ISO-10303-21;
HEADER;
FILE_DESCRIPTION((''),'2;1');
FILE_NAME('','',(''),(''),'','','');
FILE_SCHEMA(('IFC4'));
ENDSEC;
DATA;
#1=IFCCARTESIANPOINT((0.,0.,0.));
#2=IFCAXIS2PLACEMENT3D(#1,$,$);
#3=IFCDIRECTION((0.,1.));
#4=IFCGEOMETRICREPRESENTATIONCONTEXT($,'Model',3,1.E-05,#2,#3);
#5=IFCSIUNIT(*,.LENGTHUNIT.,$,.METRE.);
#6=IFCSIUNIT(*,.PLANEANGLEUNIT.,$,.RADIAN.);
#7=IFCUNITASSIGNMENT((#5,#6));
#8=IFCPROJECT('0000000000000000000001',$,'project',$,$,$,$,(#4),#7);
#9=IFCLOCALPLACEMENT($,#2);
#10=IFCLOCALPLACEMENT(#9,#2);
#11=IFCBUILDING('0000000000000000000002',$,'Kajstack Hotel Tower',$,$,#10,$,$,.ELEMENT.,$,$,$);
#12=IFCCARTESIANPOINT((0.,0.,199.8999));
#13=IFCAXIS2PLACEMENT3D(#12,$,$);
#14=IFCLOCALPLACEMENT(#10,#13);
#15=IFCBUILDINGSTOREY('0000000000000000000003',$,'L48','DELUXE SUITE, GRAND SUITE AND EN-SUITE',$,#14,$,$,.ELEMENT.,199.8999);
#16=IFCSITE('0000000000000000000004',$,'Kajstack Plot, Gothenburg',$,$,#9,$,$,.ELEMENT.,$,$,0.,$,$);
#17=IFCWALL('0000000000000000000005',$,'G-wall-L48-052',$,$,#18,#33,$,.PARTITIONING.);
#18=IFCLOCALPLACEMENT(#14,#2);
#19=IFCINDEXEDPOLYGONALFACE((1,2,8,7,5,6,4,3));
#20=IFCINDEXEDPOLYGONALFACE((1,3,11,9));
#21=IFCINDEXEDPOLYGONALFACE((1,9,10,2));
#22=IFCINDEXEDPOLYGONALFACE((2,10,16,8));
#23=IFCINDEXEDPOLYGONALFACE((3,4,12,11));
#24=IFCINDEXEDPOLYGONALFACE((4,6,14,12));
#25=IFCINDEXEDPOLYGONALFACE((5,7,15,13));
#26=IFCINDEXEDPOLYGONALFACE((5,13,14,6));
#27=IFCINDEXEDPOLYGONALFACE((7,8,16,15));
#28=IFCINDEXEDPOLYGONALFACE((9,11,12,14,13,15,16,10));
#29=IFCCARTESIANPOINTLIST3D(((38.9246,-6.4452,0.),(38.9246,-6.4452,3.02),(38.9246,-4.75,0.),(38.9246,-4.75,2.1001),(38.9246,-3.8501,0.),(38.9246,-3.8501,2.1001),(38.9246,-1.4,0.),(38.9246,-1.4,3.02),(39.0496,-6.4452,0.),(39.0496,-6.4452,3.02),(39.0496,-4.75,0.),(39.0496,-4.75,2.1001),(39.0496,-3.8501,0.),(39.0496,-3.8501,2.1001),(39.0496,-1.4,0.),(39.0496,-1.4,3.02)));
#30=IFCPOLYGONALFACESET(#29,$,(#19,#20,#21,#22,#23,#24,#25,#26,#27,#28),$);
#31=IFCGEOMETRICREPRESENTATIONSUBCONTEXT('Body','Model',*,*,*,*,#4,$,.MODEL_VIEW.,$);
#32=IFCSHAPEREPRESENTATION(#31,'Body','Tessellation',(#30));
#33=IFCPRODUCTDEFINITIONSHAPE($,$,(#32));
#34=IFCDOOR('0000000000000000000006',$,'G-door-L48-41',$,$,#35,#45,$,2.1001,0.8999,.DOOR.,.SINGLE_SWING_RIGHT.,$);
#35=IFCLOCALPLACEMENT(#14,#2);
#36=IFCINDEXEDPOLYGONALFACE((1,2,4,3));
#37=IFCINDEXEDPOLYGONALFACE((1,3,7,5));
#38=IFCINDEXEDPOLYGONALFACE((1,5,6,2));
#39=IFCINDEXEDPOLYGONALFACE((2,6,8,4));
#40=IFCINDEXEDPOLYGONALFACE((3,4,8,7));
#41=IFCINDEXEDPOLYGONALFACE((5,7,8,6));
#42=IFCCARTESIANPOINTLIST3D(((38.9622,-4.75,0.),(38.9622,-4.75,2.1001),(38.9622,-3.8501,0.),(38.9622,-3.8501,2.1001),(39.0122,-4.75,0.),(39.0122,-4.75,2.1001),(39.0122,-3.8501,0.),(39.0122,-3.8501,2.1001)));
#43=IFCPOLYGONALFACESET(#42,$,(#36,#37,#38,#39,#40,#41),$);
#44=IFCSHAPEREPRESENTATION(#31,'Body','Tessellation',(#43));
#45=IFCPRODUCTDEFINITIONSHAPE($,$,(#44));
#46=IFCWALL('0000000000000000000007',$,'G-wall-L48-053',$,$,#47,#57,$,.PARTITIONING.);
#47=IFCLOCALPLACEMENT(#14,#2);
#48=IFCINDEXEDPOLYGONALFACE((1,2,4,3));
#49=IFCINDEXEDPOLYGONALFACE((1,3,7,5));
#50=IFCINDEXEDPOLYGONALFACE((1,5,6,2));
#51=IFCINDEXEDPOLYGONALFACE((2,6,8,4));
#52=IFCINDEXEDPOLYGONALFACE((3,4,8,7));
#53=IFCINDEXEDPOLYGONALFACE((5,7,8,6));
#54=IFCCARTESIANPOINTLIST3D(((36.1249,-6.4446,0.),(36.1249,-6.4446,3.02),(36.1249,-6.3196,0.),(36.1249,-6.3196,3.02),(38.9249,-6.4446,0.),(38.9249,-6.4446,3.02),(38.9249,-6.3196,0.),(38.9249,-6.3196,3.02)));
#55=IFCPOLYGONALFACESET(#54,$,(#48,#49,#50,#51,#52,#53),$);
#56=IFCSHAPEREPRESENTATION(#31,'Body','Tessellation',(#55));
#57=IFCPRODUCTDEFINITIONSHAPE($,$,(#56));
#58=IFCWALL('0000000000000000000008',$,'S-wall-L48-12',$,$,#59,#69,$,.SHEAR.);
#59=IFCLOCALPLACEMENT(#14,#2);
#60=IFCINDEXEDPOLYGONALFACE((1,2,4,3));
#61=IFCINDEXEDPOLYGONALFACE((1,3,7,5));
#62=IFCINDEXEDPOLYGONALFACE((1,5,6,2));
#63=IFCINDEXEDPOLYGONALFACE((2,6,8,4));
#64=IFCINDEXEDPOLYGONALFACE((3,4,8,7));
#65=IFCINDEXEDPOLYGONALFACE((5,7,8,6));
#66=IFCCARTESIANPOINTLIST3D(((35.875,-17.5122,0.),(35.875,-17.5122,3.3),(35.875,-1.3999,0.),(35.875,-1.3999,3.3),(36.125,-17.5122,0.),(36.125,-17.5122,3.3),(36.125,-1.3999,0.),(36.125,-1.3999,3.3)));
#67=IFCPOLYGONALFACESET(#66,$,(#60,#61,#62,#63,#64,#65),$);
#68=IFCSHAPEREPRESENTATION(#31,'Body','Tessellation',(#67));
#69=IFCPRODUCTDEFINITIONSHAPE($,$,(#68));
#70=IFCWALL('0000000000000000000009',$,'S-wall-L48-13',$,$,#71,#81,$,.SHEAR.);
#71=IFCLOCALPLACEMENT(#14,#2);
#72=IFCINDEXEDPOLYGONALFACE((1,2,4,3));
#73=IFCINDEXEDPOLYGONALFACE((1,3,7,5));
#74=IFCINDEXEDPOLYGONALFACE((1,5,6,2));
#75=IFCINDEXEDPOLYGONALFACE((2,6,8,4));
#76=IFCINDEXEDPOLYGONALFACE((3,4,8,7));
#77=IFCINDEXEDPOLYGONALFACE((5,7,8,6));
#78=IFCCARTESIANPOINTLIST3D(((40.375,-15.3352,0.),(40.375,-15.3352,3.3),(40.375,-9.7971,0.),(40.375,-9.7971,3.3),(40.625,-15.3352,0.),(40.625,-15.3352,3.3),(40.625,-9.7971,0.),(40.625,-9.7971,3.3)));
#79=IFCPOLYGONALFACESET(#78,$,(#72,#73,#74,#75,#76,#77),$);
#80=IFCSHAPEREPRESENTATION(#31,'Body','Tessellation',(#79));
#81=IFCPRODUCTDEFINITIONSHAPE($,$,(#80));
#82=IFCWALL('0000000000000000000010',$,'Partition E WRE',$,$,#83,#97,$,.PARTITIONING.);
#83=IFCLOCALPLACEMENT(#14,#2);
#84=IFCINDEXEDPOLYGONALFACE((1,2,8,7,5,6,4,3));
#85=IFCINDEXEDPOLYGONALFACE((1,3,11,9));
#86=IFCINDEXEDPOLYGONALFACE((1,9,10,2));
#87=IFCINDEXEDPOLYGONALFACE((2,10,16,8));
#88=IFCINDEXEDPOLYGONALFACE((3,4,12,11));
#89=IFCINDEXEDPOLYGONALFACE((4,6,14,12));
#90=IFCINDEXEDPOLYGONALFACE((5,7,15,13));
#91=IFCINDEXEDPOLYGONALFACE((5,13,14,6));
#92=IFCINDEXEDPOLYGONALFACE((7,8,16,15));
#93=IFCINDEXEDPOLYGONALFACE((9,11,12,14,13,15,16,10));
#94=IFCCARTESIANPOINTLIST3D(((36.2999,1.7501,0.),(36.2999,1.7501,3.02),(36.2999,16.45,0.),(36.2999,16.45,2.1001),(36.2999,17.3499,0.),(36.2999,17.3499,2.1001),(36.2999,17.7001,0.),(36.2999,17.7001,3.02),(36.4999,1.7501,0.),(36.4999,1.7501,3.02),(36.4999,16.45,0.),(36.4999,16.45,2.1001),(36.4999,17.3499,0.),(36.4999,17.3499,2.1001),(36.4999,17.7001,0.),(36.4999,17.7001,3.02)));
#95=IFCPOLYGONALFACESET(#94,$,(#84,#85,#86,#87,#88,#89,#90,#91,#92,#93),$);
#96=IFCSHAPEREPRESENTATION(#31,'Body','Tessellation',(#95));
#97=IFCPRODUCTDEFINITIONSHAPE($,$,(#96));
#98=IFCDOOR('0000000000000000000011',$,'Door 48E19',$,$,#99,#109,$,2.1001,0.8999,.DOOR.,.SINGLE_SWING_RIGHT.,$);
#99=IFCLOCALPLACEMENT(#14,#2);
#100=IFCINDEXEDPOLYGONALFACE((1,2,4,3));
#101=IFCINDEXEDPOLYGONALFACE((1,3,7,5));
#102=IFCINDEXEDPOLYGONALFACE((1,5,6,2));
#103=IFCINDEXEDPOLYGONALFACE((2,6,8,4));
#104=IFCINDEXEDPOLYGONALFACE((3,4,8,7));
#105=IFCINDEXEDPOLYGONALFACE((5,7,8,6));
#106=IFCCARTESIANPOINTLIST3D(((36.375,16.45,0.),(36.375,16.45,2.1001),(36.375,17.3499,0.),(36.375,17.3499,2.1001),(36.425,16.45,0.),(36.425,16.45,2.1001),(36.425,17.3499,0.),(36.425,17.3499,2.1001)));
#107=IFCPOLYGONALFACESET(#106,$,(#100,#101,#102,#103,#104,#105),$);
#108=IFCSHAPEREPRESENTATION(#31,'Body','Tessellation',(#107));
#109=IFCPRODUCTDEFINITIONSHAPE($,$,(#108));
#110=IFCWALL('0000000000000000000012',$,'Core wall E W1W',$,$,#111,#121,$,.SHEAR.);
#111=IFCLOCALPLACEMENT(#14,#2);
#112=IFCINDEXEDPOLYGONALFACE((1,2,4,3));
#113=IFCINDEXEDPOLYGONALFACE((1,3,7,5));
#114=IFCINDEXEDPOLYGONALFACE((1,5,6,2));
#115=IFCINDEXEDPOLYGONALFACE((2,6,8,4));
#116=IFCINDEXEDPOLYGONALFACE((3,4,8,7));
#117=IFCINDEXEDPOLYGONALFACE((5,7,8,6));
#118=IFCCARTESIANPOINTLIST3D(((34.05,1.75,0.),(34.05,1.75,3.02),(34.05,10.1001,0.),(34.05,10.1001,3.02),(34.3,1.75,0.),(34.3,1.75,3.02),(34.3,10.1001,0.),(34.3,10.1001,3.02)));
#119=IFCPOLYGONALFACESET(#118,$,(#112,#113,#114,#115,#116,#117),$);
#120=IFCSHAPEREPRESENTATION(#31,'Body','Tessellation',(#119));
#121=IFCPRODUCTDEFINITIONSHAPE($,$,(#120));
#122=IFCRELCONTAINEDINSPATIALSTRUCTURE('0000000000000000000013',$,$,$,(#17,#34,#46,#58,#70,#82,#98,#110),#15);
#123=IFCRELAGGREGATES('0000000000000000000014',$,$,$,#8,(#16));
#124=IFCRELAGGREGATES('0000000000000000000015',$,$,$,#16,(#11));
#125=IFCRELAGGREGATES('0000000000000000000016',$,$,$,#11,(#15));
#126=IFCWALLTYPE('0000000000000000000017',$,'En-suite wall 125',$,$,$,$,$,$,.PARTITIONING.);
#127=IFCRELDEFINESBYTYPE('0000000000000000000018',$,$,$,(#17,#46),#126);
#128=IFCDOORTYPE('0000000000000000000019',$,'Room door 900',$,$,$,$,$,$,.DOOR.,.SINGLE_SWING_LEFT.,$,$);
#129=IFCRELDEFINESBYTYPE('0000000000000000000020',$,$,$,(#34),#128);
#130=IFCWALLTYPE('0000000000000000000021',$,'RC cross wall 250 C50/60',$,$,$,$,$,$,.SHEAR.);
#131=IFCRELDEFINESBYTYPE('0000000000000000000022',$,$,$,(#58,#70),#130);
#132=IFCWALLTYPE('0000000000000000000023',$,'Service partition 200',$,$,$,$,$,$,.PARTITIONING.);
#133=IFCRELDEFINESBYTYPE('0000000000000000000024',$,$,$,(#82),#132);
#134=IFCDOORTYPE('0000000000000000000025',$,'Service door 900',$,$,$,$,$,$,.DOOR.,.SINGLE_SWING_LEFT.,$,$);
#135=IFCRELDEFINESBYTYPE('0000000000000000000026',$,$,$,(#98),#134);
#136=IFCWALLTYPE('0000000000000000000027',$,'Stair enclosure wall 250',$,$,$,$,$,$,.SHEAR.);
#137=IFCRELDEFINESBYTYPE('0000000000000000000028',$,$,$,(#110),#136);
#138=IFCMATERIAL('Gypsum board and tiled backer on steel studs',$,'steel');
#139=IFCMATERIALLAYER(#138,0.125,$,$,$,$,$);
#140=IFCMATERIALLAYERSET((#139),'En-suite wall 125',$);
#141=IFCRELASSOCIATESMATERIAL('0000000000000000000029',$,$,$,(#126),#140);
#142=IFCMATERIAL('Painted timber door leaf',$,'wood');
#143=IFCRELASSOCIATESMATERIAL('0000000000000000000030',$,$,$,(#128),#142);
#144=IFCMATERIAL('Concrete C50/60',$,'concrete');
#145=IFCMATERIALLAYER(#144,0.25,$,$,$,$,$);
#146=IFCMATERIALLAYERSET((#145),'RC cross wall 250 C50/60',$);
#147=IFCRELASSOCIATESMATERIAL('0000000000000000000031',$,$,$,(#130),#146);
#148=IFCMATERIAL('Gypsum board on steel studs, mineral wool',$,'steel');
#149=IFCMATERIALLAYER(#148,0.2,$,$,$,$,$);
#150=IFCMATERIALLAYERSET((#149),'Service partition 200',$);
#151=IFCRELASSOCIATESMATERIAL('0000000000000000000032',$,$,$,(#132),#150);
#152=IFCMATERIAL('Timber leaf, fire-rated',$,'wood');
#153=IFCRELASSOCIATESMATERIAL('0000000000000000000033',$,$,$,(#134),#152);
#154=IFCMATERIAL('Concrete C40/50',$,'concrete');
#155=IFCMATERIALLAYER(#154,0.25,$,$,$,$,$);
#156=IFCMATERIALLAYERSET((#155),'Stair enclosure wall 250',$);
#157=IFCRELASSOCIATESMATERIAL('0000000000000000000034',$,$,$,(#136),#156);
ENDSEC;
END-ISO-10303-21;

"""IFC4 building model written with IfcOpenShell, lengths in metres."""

from ifc_helpers import new_model, si_unit, direction, frame, frame_2d, origin, place, context, subcontext, project, spatial, rectangle, extrude, material, layer, layer_set, type_object, element, fill, save


model = new_model("IFC4")

# Units and contexts
model_context = context("Model", 3, precision=1e-05, world=origin(), true_north=direction((0.0, 1.0)))
body_context = subcontext(model_context, "Body", "Model", "MODEL_VIEW")
ifc_project = project(units=[si_unit("LENGTHUNIT", "METRE"), si_unit("PLANEANGLEUNIT", "RADIAN")], contexts=[model_context])

# Site, building, storey
site_placement = place(None, origin())
site = spatial("IfcSite", under=ifc_project, at=site_placement, Name="Kajstack Plot, Gothenburg", CompositionType="ELEMENT", RefElevation=0.0)
building_placement = place(site_placement, origin())
building = spatial("IfcBuilding", under=site, at=building_placement, Name="Kajstack Hotel Tower", CompositionType="ELEMENT")
storey_placement = place(building_placement, frame((0.0, 0.0, 199.8999)))
storey = spatial("IfcBuildingStorey", under=building, at=storey_placement, Name="L48", Description="DELUXE SUITE, GRAND SUITE AND EN-SUITE", CompositionType="ELEMENT", Elevation=199.8999)

# Shared definitions
ifc_material_1 = material(Name="Gypsum board and tiled backer on steel studs", Category="steel")
ifc_layer_1 = layer(ifc_material_1, 0.125)
ifc_layer_set_1 = layer_set([ifc_layer_1], Name="En-suite wall 125")
wall_type_1 = type_object("IfcWallType", Name="En-suite wall 125", PredefinedType="PARTITIONING", material=ifc_layer_set_1)

# Wall, opening, door
wall_1_placement = place(storey_placement, frame((38.9871, -6.4451, 0.0), z_axis=(0.0, 0.0, 1.0), x_axis=(0.0, 1.0, 0.0)))
wall_1 = element("IfcWall", 1, at=wall_1_placement, inside=storey, type_object=wall_type_1, Name="G-wall-L48-052", PredefinedType="PARTITIONING", context=body_context, shape_type="SweptSolid", body=[
    extrude(rectangle(XDim=5.0452, YDim=0.125, at=frame_2d((2.5225, 0.0))), origin(), (0.0, 0.0, 1.0), 3.02),
])
opening_1_placement = place(wall_1_placement, frame((1.6951, 0.0, 0.0)))
opening_1 = element("IfcOpeningElement", 2, at=opening_1_placement, cuts=wall_1, PredefinedType="OPENING", context=body_context, shape_type="SweptSolid", body=[
    extrude(rectangle(XDim=0.8999, YDim=2.1001, at=frame_2d((0.45, 1.05))), frame((0.0, 0.0725, 0.0), z_axis=(0.0, -1.0, 0.0), x_axis=(1.0, 0.0, 0.0)), (0.0, 0.0, 1.0), 0.145),
])
ifc_material_2 = material(Name="Painted timber door leaf", Category="wood")
door_type_1 = type_object("IfcDoorType", Name="Room door 900", OperationType="SINGLE_SWING_LEFT", PredefinedType="DOOR", material=ifc_material_2)
door_1_placement = place(opening_1_placement, origin())
door_1 = element("IfcDoor", 3, at=door_1_placement, inside=storey, type_object=door_type_1, Name="G-door-L48-41", OperationType="SINGLE_SWING_RIGHT", OverallHeight=2.1001, OverallWidth=0.8999, PredefinedType="DOOR", context=body_context, shape_type="SweptSolid", body=[
    extrude(rectangle(XDim=0.8999, YDim=2.1001, at=frame_2d((0.45, 1.05))), frame((0.0, 0.0249, 0.0), z_axis=(0.0, -1.0, 0.0), x_axis=(1.0, 0.0, 0.0)), (0.0, 0.0, 1.0), 0.05),
])
fill(opening_1, door_1)

# Walls
wall_2_placement = place(storey_placement, frame((36.125, -6.3821, 0.0), z_axis=(0.0, 0.0, 1.0), x_axis=(1.0, 0.0, 0.0)))
element("IfcWall", 4, at=wall_2_placement, inside=storey, type_object=wall_type_1, Name="G-wall-L48-053", PredefinedType="PARTITIONING", context=body_context, shape_type="SweptSolid", body=[
    extrude(rectangle(XDim=2.8, YDim=0.125, at=frame_2d((1.3999, 0.0))), origin(), (0.0, 0.0, 1.0), 3.02),
])
ifc_material_3 = material(Name="Concrete C50/60", Category="concrete")
ifc_layer_2 = layer(ifc_material_3, 0.25)
ifc_layer_set_2 = layer_set([ifc_layer_2], Name="RC cross wall 250 C50/60")
wall_type_2 = type_object("IfcWallType", Name="RC cross wall 250 C50/60", PredefinedType="SHEAR", material=ifc_layer_set_2)
wall_3_placement = place(storey_placement, frame((36.0, -17.5122, 0.0), z_axis=(0.0, 0.0, 1.0), x_axis=(0.0, 1.0, 0.0)))
element("IfcWall", 5, at=wall_3_placement, inside=storey, type_object=wall_type_2, Name="S-wall-L48-12", PredefinedType="SHEAR", context=body_context, shape_type="SweptSolid", body=[
    extrude(rectangle(XDim=16.1123, YDim=0.25, at=frame_2d((8.0562, 0.0))), origin(), (0.0, 0.0, 1.0), 3.3),
])
wall_4_placement = place(storey_placement, frame((40.5, -15.3352, 0.0), z_axis=(0.0, 0.0, 1.0), x_axis=(0.0, 1.0, 0.0)))
element("IfcWall", 6, at=wall_4_placement, inside=storey, type_object=wall_type_2, Name="S-wall-L48-13", PredefinedType="SHEAR", context=body_context, shape_type="SweptSolid", body=[
    extrude(rectangle(XDim=5.5381, YDim=0.25, at=frame_2d((2.769, 0.0))), origin(), (0.0, 0.0, 1.0), 3.3),
])

# Wall, opening, door
ifc_material_4 = material(Name="Gypsum board on steel studs, mineral wool", Category="steel")
ifc_layer_3 = layer(ifc_material_4, 0.2)
ifc_layer_set_3 = layer_set([ifc_layer_3], Name="Service partition 200")
wall_type_3 = type_object("IfcWallType", Name="Service partition 200", PredefinedType="PARTITIONING", material=ifc_layer_set_3)
wall_5_placement = place(storey_placement, frame((36.3999, 1.75, 0.0), z_axis=(0.0, 0.0, 1.0), x_axis=(0.0, 1.0, 0.0)))
wall_5 = element("IfcWall", 7, at=wall_5_placement, inside=storey, type_object=wall_type_3, Name="Partition E WRE", PredefinedType="PARTITIONING", context=body_context, shape_type="SweptSolid", body=[
    extrude(rectangle(XDim=15.95, YDim=0.2, at=frame_2d((7.9751, 0.0))), origin(), (0.0, 0.0, 1.0), 3.02),
])
opening_2_placement = place(wall_5_placement, frame((14.7, 0.0, 0.0)))
opening_2 = element("IfcOpeningElement", 8, at=opening_2_placement, cuts=wall_5, PredefinedType="OPENING", context=body_context, shape_type="SweptSolid", body=[
    extrude(rectangle(XDim=0.8999, YDim=2.1001, at=frame_2d((0.45, 1.05))), frame((0.0, 0.1099, 0.0), z_axis=(0.0, -1.0, 0.0), x_axis=(1.0, 0.0, 0.0)), (0.0, 0.0, 1.0), 0.22),
])
ifc_material_5 = material(Name="Timber leaf, fire-rated", Category="wood")
door_type_2 = type_object("IfcDoorType", Name="Service door 900", OperationType="SINGLE_SWING_LEFT", PredefinedType="DOOR", material=ifc_material_5)
door_2_placement = place(opening_2_placement, origin())
door_2 = element("IfcDoor", 9, at=door_2_placement, inside=storey, type_object=door_type_2, Name="Door 48E19", OperationType="SINGLE_SWING_RIGHT", OverallHeight=2.1001, OverallWidth=0.8999, PredefinedType="DOOR", context=body_context, shape_type="SweptSolid", body=[
    extrude(rectangle(XDim=0.8999, YDim=2.1001, at=frame_2d((0.45, 1.05))), frame((0.0, 0.0249, 0.0), z_axis=(0.0, -1.0, 0.0), x_axis=(1.0, 0.0, 0.0)), (0.0, 0.0, 1.0), 0.05),
])
fill(opening_2, door_2)

# Wall
ifc_material_6 = material(Name="Concrete C40/50", Category="concrete")
ifc_layer_4 = layer(ifc_material_6, 0.25)
ifc_layer_set_4 = layer_set([ifc_layer_4], Name="Stair enclosure wall 250")
wall_type_4 = type_object("IfcWallType", Name="Stair enclosure wall 250", PredefinedType="SHEAR", material=ifc_layer_set_4)
wall_6_placement = place(storey_placement, frame((34.175, 1.75, 0.0), z_axis=(0.0, 0.0, 1.0), x_axis=(0.0, 1.0, 0.0)))
element("IfcWall", 10, at=wall_6_placement, inside=storey, type_object=wall_type_4, Name="Core wall E W1W", PredefinedType="SHEAR", context=body_context, shape_type="SweptSolid", body=[
    extrude(rectangle(XDim=8.3501, YDim=0.25, at=frame_2d((4.175, 0.0))), origin(), (0.0, 0.0, 1.0), 3.02),
])

save(model, "model.ifc")
